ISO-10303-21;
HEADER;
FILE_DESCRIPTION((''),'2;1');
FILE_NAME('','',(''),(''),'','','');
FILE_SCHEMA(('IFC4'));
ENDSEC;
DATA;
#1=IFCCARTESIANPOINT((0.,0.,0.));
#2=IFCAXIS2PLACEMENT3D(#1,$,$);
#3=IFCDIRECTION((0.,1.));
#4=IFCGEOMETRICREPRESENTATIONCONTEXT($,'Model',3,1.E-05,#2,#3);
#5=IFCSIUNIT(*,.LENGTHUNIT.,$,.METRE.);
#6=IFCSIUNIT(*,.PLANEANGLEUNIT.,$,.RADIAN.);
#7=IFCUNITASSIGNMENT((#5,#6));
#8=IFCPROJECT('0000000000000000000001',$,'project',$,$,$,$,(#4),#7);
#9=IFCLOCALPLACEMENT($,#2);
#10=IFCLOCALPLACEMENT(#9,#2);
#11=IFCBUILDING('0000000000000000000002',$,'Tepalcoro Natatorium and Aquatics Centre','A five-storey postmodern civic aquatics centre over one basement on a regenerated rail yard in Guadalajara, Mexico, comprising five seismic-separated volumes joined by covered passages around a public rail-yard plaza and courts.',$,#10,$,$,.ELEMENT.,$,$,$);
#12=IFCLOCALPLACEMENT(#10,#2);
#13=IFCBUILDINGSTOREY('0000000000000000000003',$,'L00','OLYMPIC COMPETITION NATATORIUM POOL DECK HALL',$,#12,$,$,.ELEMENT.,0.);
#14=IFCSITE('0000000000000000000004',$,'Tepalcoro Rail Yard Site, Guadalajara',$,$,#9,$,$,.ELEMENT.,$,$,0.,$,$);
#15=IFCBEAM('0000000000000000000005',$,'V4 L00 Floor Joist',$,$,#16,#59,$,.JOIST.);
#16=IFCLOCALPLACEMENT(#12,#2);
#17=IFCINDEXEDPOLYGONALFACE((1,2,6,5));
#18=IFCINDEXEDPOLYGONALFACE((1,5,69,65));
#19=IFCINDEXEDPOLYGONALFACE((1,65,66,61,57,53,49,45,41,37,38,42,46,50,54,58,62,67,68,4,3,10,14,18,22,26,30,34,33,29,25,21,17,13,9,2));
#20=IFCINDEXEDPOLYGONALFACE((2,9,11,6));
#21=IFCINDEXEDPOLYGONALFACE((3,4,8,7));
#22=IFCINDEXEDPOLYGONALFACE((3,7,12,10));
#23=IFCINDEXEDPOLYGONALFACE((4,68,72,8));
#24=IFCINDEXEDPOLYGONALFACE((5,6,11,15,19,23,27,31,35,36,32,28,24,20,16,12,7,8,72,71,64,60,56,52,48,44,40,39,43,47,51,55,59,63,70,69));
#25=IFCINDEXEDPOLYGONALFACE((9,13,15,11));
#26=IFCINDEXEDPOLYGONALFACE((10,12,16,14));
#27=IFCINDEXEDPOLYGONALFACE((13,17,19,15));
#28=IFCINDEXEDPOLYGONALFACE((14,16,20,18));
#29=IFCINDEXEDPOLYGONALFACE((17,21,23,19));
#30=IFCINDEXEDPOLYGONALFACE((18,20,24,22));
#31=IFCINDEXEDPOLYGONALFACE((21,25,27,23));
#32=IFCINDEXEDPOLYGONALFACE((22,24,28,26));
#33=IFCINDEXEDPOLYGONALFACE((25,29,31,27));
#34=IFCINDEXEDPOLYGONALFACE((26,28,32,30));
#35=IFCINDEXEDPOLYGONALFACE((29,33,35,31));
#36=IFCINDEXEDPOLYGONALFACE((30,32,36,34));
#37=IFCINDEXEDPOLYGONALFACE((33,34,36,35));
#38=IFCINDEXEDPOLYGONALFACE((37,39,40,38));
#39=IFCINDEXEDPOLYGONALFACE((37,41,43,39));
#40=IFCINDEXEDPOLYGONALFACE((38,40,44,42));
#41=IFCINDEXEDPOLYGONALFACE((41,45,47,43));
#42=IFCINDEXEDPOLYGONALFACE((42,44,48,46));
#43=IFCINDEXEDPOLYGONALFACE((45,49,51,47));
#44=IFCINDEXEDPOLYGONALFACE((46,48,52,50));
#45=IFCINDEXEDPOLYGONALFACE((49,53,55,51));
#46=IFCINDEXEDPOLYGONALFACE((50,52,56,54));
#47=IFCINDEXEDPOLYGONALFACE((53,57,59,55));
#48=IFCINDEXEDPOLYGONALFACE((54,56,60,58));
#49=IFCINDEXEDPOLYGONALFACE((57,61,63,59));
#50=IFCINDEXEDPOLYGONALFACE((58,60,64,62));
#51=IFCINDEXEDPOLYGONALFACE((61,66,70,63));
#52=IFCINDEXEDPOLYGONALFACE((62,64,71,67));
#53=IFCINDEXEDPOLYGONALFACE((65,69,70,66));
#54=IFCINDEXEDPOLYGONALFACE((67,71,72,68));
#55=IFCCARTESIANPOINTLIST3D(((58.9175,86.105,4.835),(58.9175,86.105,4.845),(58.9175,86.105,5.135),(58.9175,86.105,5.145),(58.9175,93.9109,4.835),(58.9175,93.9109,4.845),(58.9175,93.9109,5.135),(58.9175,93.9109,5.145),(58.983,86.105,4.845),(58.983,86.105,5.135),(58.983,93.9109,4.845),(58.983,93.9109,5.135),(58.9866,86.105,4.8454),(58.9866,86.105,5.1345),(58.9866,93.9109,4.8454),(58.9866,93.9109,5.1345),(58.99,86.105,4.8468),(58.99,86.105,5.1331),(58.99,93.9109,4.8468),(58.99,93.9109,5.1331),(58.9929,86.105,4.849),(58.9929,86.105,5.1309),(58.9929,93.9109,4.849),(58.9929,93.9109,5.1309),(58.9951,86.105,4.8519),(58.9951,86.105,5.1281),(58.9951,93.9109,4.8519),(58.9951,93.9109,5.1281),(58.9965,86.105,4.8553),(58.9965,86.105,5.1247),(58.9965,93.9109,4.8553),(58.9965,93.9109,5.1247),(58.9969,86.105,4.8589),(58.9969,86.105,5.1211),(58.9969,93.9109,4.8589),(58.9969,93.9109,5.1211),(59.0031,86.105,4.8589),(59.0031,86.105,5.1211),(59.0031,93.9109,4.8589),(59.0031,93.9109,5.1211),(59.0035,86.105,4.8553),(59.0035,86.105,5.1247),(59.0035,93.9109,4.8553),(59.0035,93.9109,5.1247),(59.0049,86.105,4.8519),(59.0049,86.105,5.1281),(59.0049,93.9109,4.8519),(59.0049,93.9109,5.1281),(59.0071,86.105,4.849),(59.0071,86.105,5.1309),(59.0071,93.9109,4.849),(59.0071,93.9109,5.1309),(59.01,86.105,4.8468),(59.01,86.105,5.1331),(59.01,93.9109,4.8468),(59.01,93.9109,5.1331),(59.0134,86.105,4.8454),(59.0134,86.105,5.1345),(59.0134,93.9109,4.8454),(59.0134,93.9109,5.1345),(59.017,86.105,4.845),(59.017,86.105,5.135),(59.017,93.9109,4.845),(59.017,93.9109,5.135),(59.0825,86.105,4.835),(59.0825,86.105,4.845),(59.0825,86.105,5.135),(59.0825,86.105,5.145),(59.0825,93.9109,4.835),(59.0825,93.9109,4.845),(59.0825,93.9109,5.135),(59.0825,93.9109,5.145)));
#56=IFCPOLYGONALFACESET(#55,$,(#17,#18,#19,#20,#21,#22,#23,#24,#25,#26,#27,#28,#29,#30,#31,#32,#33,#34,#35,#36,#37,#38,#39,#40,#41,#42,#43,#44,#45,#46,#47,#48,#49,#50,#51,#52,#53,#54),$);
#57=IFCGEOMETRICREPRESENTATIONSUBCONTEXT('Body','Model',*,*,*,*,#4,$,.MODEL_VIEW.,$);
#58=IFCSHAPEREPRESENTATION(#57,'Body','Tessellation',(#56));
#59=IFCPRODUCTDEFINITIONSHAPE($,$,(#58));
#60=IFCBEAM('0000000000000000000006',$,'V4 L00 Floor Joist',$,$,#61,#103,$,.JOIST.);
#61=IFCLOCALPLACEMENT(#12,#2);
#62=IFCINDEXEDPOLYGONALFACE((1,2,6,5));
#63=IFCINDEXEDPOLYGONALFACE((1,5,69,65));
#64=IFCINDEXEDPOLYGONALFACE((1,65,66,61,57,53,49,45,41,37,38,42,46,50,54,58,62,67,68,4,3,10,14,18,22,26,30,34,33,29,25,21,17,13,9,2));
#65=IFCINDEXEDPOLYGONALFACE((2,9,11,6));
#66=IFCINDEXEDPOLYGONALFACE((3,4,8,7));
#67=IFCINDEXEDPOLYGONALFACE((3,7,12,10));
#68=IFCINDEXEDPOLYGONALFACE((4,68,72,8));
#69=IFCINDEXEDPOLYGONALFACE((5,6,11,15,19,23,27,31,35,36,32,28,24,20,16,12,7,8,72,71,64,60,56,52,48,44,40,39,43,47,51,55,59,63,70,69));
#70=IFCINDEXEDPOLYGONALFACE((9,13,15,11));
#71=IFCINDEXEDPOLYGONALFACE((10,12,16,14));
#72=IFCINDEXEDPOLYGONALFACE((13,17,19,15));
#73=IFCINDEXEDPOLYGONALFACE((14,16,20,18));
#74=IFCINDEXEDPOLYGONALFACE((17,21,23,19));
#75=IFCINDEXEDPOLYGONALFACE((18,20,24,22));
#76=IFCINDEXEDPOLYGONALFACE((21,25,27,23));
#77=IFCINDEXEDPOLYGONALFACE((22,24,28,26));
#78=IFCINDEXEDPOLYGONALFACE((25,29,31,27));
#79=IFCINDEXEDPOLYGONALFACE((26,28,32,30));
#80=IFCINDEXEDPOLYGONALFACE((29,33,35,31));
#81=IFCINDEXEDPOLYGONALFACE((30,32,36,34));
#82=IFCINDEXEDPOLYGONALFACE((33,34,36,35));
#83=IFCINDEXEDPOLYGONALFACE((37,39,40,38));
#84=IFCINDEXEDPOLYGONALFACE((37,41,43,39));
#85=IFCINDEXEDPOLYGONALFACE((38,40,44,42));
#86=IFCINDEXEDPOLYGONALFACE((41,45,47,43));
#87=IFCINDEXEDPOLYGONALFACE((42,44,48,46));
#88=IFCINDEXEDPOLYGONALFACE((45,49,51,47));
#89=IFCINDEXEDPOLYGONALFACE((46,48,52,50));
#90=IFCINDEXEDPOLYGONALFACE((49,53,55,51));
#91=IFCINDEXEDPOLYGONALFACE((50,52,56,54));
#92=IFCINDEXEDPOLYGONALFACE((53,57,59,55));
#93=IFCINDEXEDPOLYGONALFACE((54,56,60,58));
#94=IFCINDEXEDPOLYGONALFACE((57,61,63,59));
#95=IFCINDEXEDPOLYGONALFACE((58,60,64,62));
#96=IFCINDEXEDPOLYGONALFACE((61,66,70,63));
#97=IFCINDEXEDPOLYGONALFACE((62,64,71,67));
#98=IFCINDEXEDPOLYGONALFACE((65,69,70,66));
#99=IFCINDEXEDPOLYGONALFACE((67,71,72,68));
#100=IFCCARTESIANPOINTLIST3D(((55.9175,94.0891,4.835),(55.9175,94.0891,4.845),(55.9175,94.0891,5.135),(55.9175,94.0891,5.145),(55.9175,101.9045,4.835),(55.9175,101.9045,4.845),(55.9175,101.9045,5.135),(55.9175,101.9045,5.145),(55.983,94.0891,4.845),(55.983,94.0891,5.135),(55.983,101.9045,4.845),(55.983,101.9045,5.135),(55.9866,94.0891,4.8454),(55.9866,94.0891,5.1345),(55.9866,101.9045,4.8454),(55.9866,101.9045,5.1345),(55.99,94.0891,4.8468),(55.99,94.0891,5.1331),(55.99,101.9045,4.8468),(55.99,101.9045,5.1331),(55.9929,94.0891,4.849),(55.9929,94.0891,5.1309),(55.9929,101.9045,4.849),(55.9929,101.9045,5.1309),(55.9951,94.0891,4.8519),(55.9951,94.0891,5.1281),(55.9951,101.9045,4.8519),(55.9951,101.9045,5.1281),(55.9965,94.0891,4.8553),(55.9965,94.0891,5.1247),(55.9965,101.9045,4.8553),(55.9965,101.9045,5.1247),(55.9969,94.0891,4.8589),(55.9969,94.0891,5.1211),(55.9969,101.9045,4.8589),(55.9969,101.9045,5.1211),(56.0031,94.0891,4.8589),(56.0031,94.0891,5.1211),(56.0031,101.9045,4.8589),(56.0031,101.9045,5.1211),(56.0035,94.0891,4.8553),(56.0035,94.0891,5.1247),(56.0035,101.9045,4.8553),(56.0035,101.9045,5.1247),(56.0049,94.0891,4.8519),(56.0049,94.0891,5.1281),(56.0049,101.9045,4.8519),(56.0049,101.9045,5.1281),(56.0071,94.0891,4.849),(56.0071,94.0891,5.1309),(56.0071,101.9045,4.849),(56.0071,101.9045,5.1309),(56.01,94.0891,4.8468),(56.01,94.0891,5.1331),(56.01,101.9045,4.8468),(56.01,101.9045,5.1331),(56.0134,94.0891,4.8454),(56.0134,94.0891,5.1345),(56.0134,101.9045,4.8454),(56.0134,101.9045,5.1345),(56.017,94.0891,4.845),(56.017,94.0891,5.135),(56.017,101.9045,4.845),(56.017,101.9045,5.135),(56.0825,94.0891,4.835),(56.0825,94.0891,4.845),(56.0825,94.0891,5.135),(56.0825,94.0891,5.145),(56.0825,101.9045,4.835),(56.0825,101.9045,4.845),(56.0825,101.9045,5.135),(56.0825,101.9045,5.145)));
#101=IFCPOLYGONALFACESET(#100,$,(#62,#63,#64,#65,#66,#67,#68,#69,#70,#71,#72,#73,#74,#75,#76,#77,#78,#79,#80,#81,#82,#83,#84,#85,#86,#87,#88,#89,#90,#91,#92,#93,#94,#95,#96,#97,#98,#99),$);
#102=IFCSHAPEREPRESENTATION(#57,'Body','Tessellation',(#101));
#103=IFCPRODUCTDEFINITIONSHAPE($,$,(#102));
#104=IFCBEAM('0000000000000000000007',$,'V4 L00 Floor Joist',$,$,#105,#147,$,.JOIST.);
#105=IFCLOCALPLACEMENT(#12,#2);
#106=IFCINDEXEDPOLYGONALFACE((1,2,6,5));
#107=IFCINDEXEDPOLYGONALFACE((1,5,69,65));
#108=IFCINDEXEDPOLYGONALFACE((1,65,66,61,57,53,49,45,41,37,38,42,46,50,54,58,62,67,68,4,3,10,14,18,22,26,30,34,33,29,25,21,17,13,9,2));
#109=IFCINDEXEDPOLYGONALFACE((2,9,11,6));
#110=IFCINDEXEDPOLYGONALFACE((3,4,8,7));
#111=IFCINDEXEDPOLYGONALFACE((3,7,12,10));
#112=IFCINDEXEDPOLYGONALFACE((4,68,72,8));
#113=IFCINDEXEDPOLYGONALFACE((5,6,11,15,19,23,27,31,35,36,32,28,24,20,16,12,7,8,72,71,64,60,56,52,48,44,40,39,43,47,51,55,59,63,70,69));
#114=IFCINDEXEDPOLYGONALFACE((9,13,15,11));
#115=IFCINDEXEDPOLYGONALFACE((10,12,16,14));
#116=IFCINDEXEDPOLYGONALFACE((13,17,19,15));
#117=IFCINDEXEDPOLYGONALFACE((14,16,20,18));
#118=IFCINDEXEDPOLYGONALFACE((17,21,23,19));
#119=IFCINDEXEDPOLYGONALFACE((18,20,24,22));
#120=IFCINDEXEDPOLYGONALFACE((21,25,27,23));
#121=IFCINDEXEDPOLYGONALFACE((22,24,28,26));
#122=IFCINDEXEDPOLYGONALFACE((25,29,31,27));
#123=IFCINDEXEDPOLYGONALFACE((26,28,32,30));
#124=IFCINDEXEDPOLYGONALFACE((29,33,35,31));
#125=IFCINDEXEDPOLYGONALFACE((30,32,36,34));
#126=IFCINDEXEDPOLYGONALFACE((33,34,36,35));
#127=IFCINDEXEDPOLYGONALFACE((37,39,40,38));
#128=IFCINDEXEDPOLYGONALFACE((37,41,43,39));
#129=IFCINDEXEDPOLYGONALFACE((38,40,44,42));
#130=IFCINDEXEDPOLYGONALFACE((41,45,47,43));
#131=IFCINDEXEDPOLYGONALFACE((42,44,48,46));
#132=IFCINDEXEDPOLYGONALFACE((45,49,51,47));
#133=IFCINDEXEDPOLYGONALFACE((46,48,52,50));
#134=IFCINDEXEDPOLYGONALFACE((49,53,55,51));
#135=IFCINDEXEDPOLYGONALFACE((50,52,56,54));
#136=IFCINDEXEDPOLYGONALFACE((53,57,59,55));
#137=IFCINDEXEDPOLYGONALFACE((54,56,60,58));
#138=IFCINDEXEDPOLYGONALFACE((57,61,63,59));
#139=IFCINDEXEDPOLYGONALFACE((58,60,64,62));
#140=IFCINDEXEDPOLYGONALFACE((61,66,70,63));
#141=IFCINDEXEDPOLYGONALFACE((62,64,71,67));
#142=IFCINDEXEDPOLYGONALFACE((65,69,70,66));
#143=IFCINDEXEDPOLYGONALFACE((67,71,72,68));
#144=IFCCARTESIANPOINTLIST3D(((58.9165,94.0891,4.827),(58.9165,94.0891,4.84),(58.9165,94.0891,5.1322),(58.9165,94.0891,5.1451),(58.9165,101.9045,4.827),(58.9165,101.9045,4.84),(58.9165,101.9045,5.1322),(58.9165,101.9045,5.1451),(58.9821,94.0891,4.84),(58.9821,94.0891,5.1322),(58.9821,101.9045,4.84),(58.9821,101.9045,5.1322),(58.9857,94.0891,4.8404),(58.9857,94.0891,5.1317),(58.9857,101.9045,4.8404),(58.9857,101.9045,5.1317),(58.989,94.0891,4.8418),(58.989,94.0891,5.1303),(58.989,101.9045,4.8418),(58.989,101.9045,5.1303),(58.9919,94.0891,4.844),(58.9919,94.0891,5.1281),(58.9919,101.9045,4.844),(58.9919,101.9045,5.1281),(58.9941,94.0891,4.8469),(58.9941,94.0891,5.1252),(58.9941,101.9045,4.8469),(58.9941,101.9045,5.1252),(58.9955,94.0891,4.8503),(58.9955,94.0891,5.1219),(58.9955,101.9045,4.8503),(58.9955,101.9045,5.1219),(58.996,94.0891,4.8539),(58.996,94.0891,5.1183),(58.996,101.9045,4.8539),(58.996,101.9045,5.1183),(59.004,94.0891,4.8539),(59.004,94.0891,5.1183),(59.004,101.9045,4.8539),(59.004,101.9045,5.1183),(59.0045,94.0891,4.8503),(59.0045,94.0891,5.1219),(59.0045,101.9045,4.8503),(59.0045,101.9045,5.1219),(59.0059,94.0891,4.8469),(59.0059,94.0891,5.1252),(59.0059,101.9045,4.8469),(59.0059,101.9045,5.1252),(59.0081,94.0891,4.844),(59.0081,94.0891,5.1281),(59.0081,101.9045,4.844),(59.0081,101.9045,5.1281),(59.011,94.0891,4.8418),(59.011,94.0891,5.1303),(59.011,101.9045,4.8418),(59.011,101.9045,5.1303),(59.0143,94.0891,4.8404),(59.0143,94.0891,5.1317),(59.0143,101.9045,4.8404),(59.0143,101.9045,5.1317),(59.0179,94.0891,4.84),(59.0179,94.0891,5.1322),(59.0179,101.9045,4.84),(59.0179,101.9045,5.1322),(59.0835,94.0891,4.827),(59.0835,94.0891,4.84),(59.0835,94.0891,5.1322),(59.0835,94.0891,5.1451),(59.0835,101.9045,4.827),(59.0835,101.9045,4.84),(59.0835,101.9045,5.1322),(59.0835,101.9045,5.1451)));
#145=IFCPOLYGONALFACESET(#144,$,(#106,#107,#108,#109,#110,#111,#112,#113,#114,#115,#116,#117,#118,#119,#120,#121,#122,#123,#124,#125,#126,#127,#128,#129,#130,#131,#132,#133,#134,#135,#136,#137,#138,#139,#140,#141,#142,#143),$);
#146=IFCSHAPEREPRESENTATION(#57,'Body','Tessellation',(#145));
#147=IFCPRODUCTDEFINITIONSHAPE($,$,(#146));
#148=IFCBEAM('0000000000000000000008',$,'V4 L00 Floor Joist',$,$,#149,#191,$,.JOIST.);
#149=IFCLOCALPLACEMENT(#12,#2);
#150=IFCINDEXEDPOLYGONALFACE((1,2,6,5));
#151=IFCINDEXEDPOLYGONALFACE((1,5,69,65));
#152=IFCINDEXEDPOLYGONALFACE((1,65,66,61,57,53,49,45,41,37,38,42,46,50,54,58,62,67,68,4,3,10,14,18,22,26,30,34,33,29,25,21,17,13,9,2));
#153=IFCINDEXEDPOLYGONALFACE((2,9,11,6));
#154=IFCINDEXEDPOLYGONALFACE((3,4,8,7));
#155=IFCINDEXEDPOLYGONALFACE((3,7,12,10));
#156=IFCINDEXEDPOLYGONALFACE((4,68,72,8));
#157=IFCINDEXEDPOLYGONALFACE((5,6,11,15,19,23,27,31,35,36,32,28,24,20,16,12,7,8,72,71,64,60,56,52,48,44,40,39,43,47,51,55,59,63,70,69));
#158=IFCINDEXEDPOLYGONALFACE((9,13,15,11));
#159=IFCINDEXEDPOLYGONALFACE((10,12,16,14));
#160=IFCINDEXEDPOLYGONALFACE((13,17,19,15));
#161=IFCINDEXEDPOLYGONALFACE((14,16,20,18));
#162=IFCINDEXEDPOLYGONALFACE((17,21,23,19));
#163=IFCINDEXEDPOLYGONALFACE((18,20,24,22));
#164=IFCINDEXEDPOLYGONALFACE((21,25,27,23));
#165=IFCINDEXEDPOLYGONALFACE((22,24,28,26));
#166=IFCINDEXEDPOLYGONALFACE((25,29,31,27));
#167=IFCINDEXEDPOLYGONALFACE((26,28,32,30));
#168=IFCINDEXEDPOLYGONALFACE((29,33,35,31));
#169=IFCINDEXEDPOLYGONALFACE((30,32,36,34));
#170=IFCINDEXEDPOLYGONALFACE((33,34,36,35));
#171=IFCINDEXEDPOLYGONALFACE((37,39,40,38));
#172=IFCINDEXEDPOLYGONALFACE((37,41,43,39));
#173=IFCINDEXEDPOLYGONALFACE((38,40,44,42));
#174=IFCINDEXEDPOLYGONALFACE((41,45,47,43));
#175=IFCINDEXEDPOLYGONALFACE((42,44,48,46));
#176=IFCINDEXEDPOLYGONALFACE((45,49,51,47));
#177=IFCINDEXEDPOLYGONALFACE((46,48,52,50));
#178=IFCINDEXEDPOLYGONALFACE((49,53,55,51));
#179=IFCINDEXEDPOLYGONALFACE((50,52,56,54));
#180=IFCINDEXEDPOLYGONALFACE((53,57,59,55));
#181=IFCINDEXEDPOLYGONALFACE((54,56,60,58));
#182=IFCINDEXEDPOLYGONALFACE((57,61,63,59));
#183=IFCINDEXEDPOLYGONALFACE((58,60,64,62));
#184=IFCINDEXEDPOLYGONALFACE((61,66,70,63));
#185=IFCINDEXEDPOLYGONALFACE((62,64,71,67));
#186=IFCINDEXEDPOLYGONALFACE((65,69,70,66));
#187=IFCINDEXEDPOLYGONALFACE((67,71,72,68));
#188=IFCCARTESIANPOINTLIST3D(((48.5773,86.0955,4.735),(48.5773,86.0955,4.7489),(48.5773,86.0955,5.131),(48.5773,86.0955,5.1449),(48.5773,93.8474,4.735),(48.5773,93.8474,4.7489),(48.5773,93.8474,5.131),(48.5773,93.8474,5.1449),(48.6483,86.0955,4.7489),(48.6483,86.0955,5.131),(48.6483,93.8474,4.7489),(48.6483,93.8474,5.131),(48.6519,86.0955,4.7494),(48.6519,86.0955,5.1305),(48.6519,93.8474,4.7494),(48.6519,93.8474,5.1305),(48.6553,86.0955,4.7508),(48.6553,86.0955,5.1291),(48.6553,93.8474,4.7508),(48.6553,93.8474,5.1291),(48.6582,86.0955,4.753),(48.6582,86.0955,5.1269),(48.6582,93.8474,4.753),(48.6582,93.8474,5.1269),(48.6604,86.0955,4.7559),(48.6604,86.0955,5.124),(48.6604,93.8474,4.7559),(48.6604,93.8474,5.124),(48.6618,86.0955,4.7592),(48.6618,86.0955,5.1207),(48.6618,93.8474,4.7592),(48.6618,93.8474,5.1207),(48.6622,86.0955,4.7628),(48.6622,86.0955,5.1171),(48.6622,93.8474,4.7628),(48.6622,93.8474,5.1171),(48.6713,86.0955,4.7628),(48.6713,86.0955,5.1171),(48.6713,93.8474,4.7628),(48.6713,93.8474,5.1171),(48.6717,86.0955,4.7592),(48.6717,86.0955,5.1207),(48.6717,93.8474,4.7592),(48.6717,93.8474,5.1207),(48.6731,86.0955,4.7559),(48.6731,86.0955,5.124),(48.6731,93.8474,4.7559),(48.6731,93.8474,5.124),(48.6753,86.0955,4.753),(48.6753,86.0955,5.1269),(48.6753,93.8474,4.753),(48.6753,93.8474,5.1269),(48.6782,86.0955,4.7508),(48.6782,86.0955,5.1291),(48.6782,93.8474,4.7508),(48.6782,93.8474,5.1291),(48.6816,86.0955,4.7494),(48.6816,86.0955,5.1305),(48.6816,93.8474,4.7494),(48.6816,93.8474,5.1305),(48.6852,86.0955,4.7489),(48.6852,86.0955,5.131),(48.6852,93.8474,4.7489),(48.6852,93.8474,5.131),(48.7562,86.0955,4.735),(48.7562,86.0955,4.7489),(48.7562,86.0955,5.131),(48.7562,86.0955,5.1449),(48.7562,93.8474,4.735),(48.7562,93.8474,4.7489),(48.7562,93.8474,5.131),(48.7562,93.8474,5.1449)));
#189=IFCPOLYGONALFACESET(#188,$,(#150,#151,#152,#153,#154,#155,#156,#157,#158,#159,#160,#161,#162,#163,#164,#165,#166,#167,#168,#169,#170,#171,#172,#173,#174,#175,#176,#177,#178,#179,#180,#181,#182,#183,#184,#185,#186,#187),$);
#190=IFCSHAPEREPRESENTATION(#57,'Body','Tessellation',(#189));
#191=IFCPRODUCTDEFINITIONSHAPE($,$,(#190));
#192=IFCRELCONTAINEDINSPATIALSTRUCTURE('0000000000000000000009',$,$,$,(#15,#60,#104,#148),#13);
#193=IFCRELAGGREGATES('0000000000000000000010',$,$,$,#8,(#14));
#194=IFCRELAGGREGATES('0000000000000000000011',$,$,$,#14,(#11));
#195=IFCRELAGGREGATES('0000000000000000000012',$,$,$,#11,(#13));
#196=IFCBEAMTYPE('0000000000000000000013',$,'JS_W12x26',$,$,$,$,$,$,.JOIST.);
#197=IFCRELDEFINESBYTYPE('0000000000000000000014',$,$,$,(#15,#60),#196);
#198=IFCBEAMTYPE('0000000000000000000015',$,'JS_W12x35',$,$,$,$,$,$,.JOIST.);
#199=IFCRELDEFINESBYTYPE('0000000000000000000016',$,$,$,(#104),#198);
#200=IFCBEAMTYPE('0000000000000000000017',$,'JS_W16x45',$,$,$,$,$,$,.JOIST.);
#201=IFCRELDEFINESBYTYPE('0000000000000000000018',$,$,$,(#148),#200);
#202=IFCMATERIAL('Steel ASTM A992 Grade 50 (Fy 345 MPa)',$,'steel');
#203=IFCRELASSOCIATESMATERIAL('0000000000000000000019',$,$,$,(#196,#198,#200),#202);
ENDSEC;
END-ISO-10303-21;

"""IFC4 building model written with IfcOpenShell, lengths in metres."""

from ifc_helpers import new_model, si_unit, direction, frame, origin, origin_2d, place, context, subcontext, project, spatial, i_section, extrude, material, material_profile, profile_set, type_object, element, save


model = new_model("IFC4")

# Units and contexts
model_context = context("Model", 3, precision=1e-05, world=origin(), true_north=direction((0.0, 1.0)))
body_context = subcontext(model_context, "Body", "Model", "MODEL_VIEW")
ifc_project = project(units=[si_unit("LENGTHUNIT", "METRE"), si_unit("PLANEANGLEUNIT", "RADIAN")], contexts=[model_context])

# Site, building, storey
site_placement = place(None, origin())
site = spatial("IfcSite", under=ifc_project, at=site_placement, Name="Tepalcoro Rail Yard Site, Guadalajara", CompositionType="ELEMENT", RefElevation=0.0)
building_placement = place(site_placement, origin())
building = spatial("IfcBuilding", under=site, at=building_placement, Name="Tepalcoro Natatorium and Aquatics Centre", Description="A five-storey postmodern civic aquatics centre over one basement on a regenerated rail yard in Guadalajara, Mexico, comprising five seismic-separated volumes joined by covered passages around a public rail-yard plaza and courts.", CompositionType="ELEMENT")
storey_placement = place(building_placement, origin())
storey = spatial("IfcBuildingStorey", under=building, at=storey_placement, Name="L00", Description="OLYMPIC COMPETITION NATATORIUM POOL DECK HALL", CompositionType="ELEMENT", Elevation=0.0)

# Shared definitions
ifc_material_1 = material(Name="Steel ASTM A992 Grade 50 (Fy 345 MPa)", Category="steel")

# Beams
ifc_material_profile_1 = material_profile(ifc_material_1, i_section(OverallWidth=0.165, OverallDepth=0.3101, WebThickness=0.0061, FlangeThickness=0.01, FilletRadius=0.0139, at=origin_2d()), Name="W12X26")
ifc_profile_set_1 = profile_set([ifc_material_profile_1], Name="Steel ASTM A992 Grade 50 (Fy 345 MPa)")
beam_type_1 = type_object("IfcBeamType", Name="JS_W12x26", PredefinedType="JOIST", material=ifc_profile_set_1)
beam_1_placement = place(storey_placement, frame((59.0, 86.105, 4.99), z_axis=(0.0, 1.0, 0.0), x_axis=(-1.0, 0.0, 0.0)))
element("IfcBeam", 1, at=beam_1_placement, inside=storey, type_object=beam_type_1, Name="V4 L00 Floor Joist", PredefinedType="JOIST", context=body_context, shape_type="SweptSolid", body=[
    extrude(i_section(OverallWidth=0.165, OverallDepth=0.3101, WebThickness=0.0061, FlangeThickness=0.01, FilletRadius=0.0139, at=origin_2d()), origin(), (0.0, 0.0, 1.0), 7.8059),
])
beam_2_placement = place(storey_placement, frame((56.0, 94.0891, 4.99), z_axis=(0.0, 1.0, 0.0), x_axis=(-1.0, 0.0, 0.0)))
element("IfcBeam", 2, at=beam_2_placement, inside=storey, type_object=beam_type_1, Name="V4 L00 Floor Joist", PredefinedType="JOIST", context=body_context, shape_type="SweptSolid", body=[
    extrude(i_section(OverallWidth=0.165, OverallDepth=0.3101, WebThickness=0.0061, FlangeThickness=0.01, FilletRadius=0.0139, at=origin_2d()), origin(), (0.0, 0.0, 1.0), 7.8154),
])
ifc_material_profile_2 = material_profile(ifc_material_1, i_section(OverallWidth=0.167, OverallDepth=0.3181, WebThickness=0.0081, FlangeThickness=0.0129, FilletRadius=0.0139, at=origin_2d()), Name="W12X35")
ifc_profile_set_2 = profile_set([ifc_material_profile_2], Name="Steel ASTM A992 Grade 50 (Fy 345 MPa)")
beam_type_2 = type_object("IfcBeamType", Name="JS_W12x35", PredefinedType="JOIST", material=ifc_profile_set_2)
beam_3_placement = place(storey_placement, frame((59.0, 94.0891, 4.9861), z_axis=(0.0, 1.0, 0.0), x_axis=(-1.0, 0.0, 0.0)))
element("IfcBeam", 3, at=beam_3_placement, inside=storey, type_object=beam_type_2, Name="V4 L00 Floor Joist", PredefinedType="JOIST", context=body_context, shape_type="SweptSolid", body=[
    extrude(i_section(OverallWidth=0.167, OverallDepth=0.3181, WebThickness=0.0081, FlangeThickness=0.0129, FilletRadius=0.0139, at=origin_2d()), origin(), (0.0, 0.0, 1.0), 7.8154),
])
ifc_material_profile_3 = material_profile(ifc_material_1, i_section(OverallWidth=0.179, OverallDepth=0.4099, WebThickness=0.009, FlangeThickness=0.0139, FilletRadius=0.0139, at=origin_2d()), Name="W16X45")
ifc_profile_set_3 = profile_set([ifc_material_profile_3], Name="Steel ASTM A992 Grade 50 (Fy 345 MPa)")
beam_type_3 = type_object("IfcBeamType", Name="JS_W16x45", PredefinedType="JOIST", material=ifc_profile_set_3)
beam_4_placement = place(storey_placement, frame((48.6667, 86.0955, 4.9399), z_axis=(0.0, 1.0, 0.0), x_axis=(-1.0, 0.0, 0.0)))
element("IfcBeam", 4, at=beam_4_placement, inside=storey, type_object=beam_type_3, Name="V4 L00 Floor Joist", PredefinedType="JOIST", context=body_context, shape_type="SweptSolid", body=[
    extrude(i_section(OverallWidth=0.179, OverallDepth=0.4099, WebThickness=0.009, FlangeThickness=0.0139, FilletRadius=0.0139, at=origin_2d()), origin(), (0.0, 0.0, 1.0), 7.752),
])

save(model, "model.ifc")
